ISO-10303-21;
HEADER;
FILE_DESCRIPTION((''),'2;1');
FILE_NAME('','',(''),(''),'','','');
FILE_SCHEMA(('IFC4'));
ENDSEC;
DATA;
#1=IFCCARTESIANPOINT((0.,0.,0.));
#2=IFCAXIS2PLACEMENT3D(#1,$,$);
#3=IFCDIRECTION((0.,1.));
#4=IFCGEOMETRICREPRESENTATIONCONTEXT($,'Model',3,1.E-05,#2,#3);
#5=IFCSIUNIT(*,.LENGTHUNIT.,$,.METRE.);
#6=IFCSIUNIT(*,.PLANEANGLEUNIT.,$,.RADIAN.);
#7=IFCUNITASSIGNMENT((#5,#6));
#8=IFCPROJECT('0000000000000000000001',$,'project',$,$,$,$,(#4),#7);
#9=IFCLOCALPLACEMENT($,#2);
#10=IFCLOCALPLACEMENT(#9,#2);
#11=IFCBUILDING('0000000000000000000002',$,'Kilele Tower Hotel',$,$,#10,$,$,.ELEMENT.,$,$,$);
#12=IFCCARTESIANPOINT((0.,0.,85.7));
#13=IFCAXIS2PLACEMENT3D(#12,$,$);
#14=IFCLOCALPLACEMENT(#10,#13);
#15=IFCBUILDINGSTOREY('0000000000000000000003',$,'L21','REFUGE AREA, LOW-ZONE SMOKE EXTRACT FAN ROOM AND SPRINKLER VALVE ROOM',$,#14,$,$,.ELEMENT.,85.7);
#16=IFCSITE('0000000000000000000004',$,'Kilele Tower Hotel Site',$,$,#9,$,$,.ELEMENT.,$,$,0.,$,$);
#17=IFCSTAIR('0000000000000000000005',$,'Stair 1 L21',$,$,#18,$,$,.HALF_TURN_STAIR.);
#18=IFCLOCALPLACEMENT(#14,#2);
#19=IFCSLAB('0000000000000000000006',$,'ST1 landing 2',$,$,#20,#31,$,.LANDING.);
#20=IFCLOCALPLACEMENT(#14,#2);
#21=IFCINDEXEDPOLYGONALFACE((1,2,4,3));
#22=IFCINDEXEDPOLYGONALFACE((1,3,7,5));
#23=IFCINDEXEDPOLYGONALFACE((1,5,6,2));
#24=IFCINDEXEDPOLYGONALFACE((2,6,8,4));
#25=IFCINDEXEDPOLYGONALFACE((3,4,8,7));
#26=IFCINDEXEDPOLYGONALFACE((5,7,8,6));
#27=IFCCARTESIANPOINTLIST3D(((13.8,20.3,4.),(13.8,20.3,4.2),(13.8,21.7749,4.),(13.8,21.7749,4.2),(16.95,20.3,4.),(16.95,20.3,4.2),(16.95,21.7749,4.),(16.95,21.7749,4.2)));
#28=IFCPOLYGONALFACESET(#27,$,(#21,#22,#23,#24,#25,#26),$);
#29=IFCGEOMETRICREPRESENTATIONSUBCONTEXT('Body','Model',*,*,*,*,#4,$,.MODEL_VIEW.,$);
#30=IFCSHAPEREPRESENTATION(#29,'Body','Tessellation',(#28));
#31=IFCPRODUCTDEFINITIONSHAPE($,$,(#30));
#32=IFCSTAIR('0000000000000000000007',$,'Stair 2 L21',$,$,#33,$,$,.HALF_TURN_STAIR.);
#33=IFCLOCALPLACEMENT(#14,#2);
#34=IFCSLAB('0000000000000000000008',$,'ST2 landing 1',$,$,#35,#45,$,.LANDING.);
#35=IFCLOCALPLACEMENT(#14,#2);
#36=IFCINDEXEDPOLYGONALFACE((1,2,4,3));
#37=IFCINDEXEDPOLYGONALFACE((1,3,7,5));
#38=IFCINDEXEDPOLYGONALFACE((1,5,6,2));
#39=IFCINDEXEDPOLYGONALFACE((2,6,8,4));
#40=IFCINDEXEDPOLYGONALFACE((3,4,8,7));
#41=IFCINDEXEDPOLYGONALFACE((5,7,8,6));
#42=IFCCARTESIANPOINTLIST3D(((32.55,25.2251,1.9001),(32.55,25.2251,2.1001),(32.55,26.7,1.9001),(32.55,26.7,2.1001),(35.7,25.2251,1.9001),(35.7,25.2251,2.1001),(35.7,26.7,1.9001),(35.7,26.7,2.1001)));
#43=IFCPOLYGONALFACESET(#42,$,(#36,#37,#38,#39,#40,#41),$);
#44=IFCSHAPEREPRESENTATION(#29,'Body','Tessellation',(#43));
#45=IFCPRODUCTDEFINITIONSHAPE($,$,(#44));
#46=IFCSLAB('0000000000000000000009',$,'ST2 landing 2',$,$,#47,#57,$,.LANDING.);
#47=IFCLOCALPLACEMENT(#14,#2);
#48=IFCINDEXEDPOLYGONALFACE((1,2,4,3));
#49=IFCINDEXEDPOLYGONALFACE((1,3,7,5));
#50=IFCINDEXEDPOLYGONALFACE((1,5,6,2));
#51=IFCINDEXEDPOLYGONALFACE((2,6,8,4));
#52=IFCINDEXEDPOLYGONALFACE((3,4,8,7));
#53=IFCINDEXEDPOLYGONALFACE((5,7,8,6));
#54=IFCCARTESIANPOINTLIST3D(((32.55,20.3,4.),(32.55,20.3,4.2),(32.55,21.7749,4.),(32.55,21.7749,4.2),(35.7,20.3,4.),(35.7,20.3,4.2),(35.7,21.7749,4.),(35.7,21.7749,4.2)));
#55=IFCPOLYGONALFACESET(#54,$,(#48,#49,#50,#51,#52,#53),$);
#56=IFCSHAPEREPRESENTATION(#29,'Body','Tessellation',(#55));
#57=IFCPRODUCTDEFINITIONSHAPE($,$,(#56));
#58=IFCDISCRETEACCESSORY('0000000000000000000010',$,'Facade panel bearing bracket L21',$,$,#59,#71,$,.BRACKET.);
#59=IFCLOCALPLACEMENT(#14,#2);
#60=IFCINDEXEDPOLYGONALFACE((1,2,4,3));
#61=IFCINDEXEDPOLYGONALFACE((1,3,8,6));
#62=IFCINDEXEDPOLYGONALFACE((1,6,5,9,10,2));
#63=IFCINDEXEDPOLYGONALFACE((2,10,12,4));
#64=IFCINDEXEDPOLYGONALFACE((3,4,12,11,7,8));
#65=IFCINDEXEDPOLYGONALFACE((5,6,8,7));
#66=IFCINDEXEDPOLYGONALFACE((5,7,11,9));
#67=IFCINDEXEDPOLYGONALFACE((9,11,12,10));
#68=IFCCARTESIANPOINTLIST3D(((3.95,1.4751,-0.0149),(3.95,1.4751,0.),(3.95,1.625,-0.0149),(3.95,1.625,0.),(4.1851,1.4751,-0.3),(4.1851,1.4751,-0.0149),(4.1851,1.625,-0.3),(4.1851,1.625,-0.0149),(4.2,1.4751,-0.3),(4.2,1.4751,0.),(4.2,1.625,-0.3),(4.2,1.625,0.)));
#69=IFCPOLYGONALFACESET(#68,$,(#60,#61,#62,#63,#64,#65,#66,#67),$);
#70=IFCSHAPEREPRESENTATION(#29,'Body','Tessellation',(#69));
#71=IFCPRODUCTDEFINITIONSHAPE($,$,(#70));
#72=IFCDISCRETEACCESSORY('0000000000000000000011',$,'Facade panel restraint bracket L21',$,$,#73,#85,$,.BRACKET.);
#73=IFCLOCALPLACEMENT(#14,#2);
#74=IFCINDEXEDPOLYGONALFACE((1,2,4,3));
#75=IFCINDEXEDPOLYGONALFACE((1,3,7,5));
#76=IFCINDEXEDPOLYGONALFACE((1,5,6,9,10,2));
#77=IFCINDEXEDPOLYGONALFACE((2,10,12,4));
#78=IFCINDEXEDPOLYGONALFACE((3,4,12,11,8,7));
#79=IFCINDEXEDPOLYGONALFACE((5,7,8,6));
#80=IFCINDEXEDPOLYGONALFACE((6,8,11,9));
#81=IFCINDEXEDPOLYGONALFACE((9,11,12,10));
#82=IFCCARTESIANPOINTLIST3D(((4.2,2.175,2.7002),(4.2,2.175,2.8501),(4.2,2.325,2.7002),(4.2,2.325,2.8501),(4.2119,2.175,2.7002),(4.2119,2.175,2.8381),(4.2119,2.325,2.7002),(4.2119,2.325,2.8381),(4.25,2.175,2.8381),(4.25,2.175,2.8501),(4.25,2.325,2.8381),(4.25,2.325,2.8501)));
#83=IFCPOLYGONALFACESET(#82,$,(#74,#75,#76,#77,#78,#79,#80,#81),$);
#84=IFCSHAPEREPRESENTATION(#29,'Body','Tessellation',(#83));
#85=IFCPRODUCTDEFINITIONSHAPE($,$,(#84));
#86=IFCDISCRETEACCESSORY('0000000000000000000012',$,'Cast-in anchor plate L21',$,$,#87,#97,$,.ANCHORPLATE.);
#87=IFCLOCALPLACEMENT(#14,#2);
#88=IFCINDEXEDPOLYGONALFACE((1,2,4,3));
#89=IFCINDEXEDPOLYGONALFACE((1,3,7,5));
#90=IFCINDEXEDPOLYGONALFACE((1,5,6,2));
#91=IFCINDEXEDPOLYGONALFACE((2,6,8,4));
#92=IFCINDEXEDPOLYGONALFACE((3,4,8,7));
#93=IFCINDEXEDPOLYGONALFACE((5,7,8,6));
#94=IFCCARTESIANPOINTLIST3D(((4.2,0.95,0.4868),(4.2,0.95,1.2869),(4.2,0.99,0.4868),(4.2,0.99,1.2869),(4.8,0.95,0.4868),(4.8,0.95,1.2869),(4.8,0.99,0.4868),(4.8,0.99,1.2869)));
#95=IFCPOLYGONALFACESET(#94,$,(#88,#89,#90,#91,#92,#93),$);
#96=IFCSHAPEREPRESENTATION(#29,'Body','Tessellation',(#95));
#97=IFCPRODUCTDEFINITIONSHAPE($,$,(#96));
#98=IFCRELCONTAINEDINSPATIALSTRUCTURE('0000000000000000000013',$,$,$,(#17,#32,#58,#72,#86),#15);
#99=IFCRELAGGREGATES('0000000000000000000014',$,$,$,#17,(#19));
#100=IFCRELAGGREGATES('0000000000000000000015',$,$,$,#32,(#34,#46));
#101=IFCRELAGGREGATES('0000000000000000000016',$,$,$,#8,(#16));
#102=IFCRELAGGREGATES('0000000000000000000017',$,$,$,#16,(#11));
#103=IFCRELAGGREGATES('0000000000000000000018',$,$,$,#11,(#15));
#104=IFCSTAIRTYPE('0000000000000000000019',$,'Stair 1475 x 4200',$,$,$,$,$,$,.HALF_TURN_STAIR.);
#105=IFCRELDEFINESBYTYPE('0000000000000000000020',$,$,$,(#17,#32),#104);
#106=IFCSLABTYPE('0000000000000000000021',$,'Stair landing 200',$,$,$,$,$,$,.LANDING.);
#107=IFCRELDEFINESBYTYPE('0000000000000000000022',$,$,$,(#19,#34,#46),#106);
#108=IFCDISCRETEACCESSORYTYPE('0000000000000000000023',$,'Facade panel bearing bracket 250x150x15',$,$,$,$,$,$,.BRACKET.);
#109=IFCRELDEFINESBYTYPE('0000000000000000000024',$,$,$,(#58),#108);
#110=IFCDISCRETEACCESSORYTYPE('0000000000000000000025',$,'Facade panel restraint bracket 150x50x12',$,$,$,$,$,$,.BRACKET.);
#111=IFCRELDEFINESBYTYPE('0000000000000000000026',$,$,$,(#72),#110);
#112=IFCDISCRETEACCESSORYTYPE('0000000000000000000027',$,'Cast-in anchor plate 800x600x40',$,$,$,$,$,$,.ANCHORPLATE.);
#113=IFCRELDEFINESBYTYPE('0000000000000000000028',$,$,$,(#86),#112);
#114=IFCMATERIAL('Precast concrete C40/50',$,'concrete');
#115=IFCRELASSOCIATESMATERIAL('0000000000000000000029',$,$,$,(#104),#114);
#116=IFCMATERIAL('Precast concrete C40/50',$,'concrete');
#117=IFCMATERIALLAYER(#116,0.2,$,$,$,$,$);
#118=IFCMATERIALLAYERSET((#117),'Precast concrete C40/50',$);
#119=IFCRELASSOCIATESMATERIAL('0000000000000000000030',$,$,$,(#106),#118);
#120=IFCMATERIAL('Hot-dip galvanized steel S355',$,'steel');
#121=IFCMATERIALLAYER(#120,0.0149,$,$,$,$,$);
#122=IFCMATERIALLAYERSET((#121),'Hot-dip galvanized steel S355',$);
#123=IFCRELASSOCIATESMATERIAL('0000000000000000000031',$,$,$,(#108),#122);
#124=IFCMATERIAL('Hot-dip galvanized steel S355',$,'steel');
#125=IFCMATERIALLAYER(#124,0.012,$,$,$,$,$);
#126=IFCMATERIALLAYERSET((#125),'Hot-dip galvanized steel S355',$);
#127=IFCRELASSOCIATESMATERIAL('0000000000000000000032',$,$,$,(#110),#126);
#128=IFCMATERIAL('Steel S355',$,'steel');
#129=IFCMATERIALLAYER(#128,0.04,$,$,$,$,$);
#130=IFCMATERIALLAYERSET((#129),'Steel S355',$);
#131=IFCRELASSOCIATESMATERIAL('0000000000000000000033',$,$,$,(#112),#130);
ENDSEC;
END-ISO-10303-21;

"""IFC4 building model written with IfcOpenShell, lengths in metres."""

from ifc_helpers import new_model, si_unit, direction, frame, origin, place, context, subcontext, project, spatial, polyline, outline, extrude, source, transform, mapped, material, layer, layer_set, type_object, element, aggregate, save


model = new_model("IFC4")

# Units and contexts
model_context = context("Model", 3, precision=1e-05, world=origin(), true_north=direction((0.0, 1.0)))
body_context = subcontext(model_context, "Body", "Model", "MODEL_VIEW")
ifc_project = project(units=[si_unit("LENGTHUNIT", "METRE"), si_unit("PLANEANGLEUNIT", "RADIAN")], contexts=[model_context])

# Site, building, storey
site_placement = place(None, origin())
site = spatial("IfcSite", under=ifc_project, at=site_placement, Name="Kilele Tower Hotel Site", CompositionType="ELEMENT", RefElevation=0.0)
building_placement = place(site_placement, origin())
building = spatial("IfcBuilding", under=site, at=building_placement, Name="Kilele Tower Hotel", CompositionType="ELEMENT")
storey_placement = place(building_placement, frame((0.0, 0.0, 85.7)))
storey = spatial("IfcBuildingStorey", under=building, at=storey_placement, Name="L21", Description="REFUGE AREA, LOW-ZONE SMOKE EXTRACT FAN ROOM AND SPRINKLER VALVE ROOM", CompositionType="ELEMENT", Elevation=85.7)

# Stairs, slabs
ifc_material_1 = material(Name="Precast concrete C40/50", Category="concrete")
stair_type = type_object("IfcStairType", Name="Stair 1475 x 4200", PredefinedType="HALF_TURN_STAIR", material=ifc_material_1)
stair_1_placement = place(storey_placement, origin())
stair_1 = element("IfcStair", 1, at=stair_1_placement, inside=storey, type_object=stair_type, Name="Stair 1 L21", PredefinedType="HALF_TURN_STAIR")
ifc_material_2 = material(Name="Precast concrete C40/50", Category="concrete")
ifc_layer_1 = layer(ifc_material_2, 0.2)
ifc_layer_set_1 = layer_set([ifc_layer_1], Name="Precast concrete C40/50")
slab_type_1 = type_object("IfcSlabType", Name="Stair landing 200", PredefinedType="LANDING", material=ifc_layer_set_1)
slab_1_placement = place(storey_placement, frame((0.0, 0.0, 4.0)))
slab_1 = element("IfcSlab", 2, at=slab_1_placement, type_object=slab_type_1, Name="ST1 landing 2", PredefinedType="LANDING", context=body_context, shape_type="SweptSolid", body=[
    extrude(outline(polyline([(13.8, 20.3), (16.95, 20.3), (16.95, 21.7749), (13.8, 21.7749), (13.8, 20.3)])), origin(), (0.0, 0.0, 1.0), 0.2),
])
aggregate(stair_1, [slab_1])
stair_2_placement = place(storey_placement, origin())
stair_2 = element("IfcStair", 3, at=stair_2_placement, inside=storey, type_object=stair_type, Name="Stair 2 L21", PredefinedType="HALF_TURN_STAIR")
slab_2_placement = place(storey_placement, frame((0.0, 0.0, 1.9001)))
slab_2 = element("IfcSlab", 4, at=slab_2_placement, type_object=slab_type_1, Name="ST2 landing 1", PredefinedType="LANDING", context=body_context, shape_type="SweptSolid", body=[
    extrude(outline(polyline([(32.55, 25.2251), (35.7, 25.2251), (35.7, 26.7), (32.55, 26.7), (32.55, 25.2251)])), origin(), (0.0, 0.0, 1.0), 0.2),
])
slab_3_placement = place(storey_placement, frame((0.0, 0.0, 4.0)))
slab_3 = element("IfcSlab", 5, at=slab_3_placement, type_object=slab_type_1, Name="ST2 landing 2", PredefinedType="LANDING", context=body_context, shape_type="SweptSolid", body=[
    extrude(outline(polyline([(32.55, 20.3), (35.7, 20.3), (35.7, 21.7749), (32.55, 21.7749), (32.55, 20.3)])), origin(), (0.0, 0.0, 1.0), 0.2),
])
aggregate(stair_2, [slab_2, slab_3])

# Discrete accessories
ifc_material_3 = material(Name="Hot-dip galvanized steel S355", Category="steel")
ifc_layer_2 = layer(ifc_material_3, 0.0149)
ifc_layer_set_2 = layer_set([ifc_layer_2], Name="Hot-dip galvanized steel S355")
discrete_accessory_type_1 = type_object("IfcDiscreteAccessoryType", Name="Facade panel bearing bracket 250x150x15", PredefinedType="BRACKET", material=ifc_layer_set_2)
shared_shape_1 = source(origin(), body_context, "Body", "SweptSolid", [
    extrude(outline(polyline([(0.0, 0.0), (0.25, 0.0), (0.25, -0.0149), (0.0149, -0.0149), (0.0149, -0.3), (0.0, -0.3), (0.0, 0.0)])), origin(), (0.0, 0.0, 1.0), 0.1499),
])
discrete_accessory_1_placement = place(storey_placement, frame((4.2, 1.4751, 0.0), z_axis=(0.0, 1.0, 0.0), x_axis=(-1.0, 0.0, 0.0)))
element("IfcDiscreteAccessory", 6, at=discrete_accessory_1_placement, inside=storey, type_object=discrete_accessory_type_1, Name="Facade panel bearing bracket L21", PredefinedType="BRACKET", context=body_context, shape_type="MappedRepresentation", body=[
    mapped(shared_shape_1, transform((0.0, 0.0, 0.0))),
])
ifc_material_4 = material(Name="Hot-dip galvanized steel S355", Category="steel")
ifc_layer_3 = layer(ifc_material_4, 0.012)
ifc_layer_set_3 = layer_set([ifc_layer_3], Name="Hot-dip galvanized steel S355")
discrete_accessory_type_2 = type_object("IfcDiscreteAccessoryType", Name="Facade panel restraint bracket 150x50x12", PredefinedType="BRACKET", material=ifc_layer_set_3)
shared_shape_2 = source(origin(), body_context, "Body", "SweptSolid", [
    extrude(outline(polyline([(0.0, 0.0), (0.0, -0.1499), (-0.012, -0.1499), (-0.012, -0.012), (-0.05, -0.012), (-0.05, 0.0), (0.0, 0.0)])), origin(), (0.0, 0.0, 1.0), 0.1499),
])
discrete_accessory_2_placement = place(storey_placement, frame((4.2, 2.175, 2.8501), z_axis=(0.0, 1.0, 0.0), x_axis=(-1.0, 0.0, 0.0)))
element("IfcDiscreteAccessory", 7, at=discrete_accessory_2_placement, inside=storey, type_object=discrete_accessory_type_2, Name="Facade panel restraint bracket L21", PredefinedType="BRACKET", context=body_context, shape_type="MappedRepresentation", body=[
    mapped(shared_shape_2, transform((0.0, 0.0, 0.0))),
])
ifc_material_5 = material(Name="Steel S355", Category="steel")
ifc_layer_4 = layer(ifc_material_5, 0.04)
ifc_layer_set_4 = layer_set([ifc_layer_4], Name="Steel S355")
discrete_accessory_type_3 = type_object("IfcDiscreteAccessoryType", Name="Cast-in anchor plate 800x600x40", PredefinedType="ANCHORPLATE", material=ifc_layer_set_4)
shared_shape_3 = source(origin(), body_context, "Body", "SweptSolid", [
    extrude(outline(polyline([(0.0, 0.0), (0.04, 0.0), (0.04, 0.8), (0.0, 0.8), (0.0, 0.0)])), origin(), (0.0, 0.0, 1.0), 0.6001),
])
discrete_accessory_3_placement = place(storey_placement, frame((4.2, 0.95, 0.4868), z_axis=(1.0, 0.0, 0.0), x_axis=(0.0, 1.0, 0.0)))
element("IfcDiscreteAccessory", 8, at=discrete_accessory_3_placement, inside=storey, type_object=discrete_accessory_type_3, Name="Cast-in anchor plate L21", PredefinedType="ANCHORPLATE", context=body_context, shape_type="MappedRepresentation", body=[
    mapped(shared_shape_3, transform((0.0, 0.0, 0.0))),
])

save(model, "model.ifc")
